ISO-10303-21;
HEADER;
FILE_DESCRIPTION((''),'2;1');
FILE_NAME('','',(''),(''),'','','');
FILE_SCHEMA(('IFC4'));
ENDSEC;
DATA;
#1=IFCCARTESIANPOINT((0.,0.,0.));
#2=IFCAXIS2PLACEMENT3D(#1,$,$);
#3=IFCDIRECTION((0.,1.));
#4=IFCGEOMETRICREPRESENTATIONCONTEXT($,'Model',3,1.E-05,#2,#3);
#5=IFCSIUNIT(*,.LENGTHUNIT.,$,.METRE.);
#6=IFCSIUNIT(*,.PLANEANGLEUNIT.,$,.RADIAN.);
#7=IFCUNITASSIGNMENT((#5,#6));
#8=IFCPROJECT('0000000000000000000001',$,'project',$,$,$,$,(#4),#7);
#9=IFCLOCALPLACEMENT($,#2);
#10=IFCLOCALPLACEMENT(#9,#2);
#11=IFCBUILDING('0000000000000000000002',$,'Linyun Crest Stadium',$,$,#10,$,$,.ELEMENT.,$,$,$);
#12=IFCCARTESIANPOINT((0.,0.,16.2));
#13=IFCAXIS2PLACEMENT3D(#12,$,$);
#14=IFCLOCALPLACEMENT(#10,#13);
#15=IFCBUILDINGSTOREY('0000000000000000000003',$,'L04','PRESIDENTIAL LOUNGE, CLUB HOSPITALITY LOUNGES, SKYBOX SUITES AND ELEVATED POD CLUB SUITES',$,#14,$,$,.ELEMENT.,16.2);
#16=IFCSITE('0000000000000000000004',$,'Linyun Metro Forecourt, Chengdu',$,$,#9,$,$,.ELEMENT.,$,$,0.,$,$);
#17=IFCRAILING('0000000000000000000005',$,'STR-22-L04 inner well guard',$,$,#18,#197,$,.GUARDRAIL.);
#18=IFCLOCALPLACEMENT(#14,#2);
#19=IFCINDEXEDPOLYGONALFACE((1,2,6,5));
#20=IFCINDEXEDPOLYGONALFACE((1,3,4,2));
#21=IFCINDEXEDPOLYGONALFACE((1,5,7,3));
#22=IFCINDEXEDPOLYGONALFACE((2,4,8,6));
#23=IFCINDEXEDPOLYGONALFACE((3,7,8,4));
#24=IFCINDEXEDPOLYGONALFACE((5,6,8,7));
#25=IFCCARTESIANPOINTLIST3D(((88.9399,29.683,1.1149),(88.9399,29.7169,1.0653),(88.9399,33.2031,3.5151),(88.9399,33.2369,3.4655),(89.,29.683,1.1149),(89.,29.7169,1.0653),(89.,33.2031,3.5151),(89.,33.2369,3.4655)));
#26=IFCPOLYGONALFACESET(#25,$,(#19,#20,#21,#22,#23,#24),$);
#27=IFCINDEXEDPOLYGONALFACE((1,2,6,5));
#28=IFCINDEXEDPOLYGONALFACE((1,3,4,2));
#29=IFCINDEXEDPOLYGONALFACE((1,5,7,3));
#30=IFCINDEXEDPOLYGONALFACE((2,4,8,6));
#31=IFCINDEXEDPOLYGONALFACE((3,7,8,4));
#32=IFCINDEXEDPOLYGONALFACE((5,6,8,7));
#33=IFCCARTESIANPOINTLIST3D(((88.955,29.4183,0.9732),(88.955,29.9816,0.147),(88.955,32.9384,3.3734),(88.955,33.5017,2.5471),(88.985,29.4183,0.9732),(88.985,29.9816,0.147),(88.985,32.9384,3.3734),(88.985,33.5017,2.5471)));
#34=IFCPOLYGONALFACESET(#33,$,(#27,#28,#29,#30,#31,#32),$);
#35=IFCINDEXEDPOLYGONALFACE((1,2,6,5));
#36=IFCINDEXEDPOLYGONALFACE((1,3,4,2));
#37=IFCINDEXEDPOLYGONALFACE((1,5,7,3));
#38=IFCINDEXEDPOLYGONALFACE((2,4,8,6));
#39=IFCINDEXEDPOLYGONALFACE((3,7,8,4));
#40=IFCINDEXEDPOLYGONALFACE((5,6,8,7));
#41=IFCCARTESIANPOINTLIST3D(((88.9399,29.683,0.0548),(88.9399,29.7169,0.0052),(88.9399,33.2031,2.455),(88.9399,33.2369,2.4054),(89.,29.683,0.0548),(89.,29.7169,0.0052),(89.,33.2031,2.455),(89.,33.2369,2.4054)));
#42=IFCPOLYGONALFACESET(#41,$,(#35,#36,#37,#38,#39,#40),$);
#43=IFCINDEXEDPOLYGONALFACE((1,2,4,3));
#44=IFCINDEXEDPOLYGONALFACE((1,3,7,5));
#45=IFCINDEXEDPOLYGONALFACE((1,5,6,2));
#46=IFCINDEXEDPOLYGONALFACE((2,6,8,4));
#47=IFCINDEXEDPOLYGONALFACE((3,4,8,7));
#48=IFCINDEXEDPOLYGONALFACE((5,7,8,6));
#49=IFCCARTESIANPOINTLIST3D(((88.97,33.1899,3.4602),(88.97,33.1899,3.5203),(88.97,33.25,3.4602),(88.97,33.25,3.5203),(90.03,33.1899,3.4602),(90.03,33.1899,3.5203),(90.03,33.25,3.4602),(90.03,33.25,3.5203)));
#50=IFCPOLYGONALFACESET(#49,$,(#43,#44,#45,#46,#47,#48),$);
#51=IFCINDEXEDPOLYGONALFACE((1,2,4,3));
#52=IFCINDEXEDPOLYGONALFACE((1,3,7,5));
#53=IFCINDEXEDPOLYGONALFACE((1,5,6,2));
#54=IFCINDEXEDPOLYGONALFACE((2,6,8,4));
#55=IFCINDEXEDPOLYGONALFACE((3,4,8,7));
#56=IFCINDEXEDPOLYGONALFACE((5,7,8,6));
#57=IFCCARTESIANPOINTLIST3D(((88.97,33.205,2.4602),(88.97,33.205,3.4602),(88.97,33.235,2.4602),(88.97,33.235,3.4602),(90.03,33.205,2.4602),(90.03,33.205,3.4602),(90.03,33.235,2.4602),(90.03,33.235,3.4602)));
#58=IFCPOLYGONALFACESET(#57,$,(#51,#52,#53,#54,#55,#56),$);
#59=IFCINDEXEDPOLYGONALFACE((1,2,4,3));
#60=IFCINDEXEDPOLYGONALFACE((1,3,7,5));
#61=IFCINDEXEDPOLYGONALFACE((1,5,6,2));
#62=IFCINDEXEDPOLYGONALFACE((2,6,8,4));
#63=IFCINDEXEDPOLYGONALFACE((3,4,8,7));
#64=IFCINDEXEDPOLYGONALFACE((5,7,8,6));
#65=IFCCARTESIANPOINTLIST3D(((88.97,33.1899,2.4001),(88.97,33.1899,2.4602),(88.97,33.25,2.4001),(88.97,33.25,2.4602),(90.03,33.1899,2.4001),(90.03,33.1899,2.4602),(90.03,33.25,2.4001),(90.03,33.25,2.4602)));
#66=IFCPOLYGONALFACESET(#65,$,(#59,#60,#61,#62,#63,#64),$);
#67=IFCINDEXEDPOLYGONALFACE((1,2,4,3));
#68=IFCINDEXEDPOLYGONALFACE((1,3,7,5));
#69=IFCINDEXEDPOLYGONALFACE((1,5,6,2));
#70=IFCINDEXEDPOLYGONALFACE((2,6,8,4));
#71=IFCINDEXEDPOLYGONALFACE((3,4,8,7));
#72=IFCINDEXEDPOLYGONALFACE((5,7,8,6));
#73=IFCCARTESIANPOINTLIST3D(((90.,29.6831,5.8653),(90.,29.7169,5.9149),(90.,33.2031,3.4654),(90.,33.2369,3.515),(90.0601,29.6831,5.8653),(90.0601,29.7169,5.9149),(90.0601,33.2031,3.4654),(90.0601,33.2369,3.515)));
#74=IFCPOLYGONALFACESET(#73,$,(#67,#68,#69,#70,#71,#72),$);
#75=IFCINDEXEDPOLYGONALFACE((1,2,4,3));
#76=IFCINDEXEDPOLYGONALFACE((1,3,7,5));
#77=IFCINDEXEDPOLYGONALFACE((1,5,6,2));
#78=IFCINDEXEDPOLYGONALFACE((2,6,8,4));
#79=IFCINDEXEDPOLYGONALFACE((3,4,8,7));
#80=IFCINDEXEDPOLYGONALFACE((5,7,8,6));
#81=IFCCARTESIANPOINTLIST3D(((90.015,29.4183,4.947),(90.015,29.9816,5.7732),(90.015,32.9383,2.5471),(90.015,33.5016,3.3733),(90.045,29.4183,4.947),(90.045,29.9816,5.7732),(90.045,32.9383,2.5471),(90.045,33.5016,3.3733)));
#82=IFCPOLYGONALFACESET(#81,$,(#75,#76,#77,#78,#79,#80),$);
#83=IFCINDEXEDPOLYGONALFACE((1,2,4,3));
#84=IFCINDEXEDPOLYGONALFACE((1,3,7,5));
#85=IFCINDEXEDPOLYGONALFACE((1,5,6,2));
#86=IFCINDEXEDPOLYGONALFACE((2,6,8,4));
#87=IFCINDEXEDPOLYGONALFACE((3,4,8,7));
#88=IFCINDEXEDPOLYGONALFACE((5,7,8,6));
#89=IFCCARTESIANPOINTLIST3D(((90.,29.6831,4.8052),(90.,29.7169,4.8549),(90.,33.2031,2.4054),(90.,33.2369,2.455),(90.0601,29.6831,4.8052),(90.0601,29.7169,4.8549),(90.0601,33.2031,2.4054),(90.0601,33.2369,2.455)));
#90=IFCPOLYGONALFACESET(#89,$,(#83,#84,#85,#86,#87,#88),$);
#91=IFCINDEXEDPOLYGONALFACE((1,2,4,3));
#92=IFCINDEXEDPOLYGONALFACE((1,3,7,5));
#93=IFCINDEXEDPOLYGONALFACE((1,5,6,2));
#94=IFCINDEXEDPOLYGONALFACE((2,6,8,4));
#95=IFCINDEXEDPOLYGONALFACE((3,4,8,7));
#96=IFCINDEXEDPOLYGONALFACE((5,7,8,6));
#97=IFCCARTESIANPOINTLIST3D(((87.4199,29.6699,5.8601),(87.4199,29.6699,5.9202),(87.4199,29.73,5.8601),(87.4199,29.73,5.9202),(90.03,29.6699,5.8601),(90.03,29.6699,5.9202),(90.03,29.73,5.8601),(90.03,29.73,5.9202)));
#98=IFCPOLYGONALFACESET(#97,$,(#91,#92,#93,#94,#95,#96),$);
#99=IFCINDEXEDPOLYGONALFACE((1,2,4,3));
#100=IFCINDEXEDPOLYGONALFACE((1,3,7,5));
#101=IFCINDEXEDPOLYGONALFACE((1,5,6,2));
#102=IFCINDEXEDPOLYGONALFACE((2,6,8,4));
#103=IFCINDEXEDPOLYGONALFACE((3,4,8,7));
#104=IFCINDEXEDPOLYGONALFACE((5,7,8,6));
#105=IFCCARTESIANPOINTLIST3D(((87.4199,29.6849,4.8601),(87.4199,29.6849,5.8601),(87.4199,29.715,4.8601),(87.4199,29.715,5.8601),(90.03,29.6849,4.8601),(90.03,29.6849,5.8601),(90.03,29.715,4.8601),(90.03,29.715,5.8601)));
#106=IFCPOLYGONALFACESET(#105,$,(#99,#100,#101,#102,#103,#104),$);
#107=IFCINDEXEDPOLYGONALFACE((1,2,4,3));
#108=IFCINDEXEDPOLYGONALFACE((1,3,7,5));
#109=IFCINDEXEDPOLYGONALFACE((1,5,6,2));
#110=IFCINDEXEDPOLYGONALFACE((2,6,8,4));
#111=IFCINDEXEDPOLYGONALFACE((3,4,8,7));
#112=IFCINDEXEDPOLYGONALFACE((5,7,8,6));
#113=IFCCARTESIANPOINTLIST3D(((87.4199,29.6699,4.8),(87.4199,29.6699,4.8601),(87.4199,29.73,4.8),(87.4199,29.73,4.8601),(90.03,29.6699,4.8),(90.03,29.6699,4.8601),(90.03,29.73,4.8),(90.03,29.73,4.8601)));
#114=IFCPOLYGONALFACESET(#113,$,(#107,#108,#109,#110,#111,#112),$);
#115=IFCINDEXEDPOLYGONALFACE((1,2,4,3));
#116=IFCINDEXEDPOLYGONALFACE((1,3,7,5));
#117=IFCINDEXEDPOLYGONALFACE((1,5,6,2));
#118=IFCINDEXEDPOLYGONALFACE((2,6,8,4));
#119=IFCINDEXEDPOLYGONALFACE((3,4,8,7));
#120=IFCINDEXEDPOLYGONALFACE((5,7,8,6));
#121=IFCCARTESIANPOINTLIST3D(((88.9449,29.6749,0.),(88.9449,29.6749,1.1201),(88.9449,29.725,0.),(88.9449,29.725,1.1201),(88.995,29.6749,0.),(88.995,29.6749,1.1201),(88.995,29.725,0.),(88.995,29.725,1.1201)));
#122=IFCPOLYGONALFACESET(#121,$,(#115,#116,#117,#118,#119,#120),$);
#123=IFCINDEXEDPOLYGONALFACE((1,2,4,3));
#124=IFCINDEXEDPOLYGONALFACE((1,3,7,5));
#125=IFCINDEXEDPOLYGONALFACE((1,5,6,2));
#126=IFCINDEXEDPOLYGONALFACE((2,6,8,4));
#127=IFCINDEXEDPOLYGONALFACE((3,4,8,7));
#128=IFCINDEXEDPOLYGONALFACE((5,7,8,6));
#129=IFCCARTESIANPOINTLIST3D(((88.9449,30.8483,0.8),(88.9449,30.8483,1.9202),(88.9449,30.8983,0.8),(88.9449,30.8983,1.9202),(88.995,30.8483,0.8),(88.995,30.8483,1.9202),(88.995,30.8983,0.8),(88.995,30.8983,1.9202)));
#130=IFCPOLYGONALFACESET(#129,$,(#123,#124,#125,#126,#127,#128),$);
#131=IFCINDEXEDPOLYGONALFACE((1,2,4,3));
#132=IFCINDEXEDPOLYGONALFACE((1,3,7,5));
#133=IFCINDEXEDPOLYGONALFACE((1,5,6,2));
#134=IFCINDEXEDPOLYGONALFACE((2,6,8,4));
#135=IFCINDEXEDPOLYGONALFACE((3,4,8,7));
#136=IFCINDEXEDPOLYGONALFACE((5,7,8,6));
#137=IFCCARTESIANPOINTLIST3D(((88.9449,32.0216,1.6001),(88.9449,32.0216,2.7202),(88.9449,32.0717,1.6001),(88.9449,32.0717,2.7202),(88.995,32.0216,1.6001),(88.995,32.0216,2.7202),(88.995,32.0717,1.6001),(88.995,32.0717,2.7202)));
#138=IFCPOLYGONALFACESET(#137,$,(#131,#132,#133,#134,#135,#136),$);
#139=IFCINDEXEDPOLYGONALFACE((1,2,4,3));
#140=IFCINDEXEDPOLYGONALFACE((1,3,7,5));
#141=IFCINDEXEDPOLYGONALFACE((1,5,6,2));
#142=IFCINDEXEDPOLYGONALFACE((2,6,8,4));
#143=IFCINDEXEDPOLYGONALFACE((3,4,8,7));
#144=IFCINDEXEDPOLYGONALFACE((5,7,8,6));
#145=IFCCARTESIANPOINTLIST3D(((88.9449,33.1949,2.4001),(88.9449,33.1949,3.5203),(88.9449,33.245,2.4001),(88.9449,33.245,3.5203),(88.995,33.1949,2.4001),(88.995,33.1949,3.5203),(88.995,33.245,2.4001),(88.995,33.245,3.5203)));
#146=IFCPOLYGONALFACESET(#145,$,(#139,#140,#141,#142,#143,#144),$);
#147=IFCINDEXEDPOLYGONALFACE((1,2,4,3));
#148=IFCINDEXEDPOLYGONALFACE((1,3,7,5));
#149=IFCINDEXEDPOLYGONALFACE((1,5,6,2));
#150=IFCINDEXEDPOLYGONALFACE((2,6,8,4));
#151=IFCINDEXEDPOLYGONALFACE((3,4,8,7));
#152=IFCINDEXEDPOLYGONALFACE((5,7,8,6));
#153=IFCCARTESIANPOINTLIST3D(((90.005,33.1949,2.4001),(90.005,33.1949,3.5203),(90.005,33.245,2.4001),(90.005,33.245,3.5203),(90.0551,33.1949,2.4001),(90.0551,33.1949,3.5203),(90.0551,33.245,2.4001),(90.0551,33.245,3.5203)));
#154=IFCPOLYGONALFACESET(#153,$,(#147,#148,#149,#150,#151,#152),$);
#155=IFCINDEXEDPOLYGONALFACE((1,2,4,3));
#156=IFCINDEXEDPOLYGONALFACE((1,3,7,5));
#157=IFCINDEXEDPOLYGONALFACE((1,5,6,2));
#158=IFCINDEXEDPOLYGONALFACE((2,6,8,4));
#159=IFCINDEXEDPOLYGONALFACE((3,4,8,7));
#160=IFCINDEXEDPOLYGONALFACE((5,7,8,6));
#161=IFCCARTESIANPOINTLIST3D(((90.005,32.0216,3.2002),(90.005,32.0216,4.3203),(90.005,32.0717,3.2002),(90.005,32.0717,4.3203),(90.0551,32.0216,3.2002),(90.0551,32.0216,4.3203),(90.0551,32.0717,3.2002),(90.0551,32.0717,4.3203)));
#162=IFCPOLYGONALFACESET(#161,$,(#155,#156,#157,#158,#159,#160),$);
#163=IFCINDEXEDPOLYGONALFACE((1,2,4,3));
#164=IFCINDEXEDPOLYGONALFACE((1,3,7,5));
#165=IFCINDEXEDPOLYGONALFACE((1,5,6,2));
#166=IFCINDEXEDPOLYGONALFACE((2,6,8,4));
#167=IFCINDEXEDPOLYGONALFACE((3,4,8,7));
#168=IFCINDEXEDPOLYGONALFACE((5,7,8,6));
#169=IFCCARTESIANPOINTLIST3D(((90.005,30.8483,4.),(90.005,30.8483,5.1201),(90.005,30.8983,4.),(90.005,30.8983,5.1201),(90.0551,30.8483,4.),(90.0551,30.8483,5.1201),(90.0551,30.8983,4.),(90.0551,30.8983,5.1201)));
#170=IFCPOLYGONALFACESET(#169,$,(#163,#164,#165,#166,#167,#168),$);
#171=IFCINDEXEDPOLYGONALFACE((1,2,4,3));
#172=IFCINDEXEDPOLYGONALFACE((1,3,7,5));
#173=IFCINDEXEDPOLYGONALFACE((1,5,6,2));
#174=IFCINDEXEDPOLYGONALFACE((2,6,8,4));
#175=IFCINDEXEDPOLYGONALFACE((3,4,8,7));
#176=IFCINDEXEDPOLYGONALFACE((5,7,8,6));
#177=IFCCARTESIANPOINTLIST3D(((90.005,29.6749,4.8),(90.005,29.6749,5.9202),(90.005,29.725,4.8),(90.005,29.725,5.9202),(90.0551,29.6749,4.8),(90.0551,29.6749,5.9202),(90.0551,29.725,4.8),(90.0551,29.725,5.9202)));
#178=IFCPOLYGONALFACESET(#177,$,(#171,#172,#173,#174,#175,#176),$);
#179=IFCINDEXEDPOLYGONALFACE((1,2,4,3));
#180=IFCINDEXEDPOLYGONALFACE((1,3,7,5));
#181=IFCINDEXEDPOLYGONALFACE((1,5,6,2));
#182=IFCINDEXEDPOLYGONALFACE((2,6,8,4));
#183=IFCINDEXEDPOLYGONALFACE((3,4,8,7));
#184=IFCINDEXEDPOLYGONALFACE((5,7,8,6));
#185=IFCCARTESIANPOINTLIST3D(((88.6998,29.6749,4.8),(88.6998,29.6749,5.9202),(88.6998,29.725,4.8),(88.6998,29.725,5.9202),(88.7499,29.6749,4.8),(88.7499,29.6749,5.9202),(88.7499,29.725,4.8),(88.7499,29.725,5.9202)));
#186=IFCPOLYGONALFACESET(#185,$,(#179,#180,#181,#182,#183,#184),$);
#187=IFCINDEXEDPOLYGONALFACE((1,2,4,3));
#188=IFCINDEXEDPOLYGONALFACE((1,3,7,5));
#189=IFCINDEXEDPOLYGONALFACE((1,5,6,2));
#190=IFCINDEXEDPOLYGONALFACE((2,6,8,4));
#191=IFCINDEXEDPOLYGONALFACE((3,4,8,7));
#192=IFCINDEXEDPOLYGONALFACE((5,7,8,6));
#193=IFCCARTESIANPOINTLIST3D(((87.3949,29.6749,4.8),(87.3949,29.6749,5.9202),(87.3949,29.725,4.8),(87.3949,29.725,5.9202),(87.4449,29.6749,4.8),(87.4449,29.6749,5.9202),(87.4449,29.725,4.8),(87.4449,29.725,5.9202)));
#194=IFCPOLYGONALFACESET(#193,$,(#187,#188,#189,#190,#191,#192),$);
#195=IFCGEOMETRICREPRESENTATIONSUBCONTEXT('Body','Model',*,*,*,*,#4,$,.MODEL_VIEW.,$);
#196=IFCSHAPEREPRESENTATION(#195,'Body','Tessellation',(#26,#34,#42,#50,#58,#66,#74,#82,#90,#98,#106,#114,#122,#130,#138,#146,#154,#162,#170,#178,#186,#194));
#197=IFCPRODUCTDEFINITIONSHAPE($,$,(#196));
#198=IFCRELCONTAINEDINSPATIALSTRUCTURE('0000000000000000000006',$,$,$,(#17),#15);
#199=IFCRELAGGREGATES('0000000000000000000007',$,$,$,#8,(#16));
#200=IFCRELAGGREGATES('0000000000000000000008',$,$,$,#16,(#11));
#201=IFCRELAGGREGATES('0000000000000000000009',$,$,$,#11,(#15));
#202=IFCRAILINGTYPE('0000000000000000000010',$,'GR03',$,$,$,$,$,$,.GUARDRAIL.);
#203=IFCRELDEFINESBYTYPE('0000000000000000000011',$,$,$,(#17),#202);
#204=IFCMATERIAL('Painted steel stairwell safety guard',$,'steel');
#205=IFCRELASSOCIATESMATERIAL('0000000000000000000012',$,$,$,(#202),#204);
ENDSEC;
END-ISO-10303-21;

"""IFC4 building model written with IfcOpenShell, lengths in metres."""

from ifc_helpers import new_model, si_unit, direction, frame, origin, origin_2d, place, context, subcontext, project, spatial, rectangle, extrude, material, type_object, element, save


model = new_model("IFC4")

# Units and contexts
model_context = context("Model", 3, precision=1e-05, world=origin(), true_north=direction((0.0, 1.0)))
body_context = subcontext(model_context, "Body", "Model", "MODEL_VIEW")
ifc_project = project(units=[si_unit("LENGTHUNIT", "METRE"), si_unit("PLANEANGLEUNIT", "RADIAN")], contexts=[model_context])

# Site, building, storey
site_placement = place(None, origin())
site = spatial("IfcSite", under=ifc_project, at=site_placement, Name="Linyun Metro Forecourt, Chengdu", CompositionType="ELEMENT", RefElevation=0.0)
building_placement = place(site_placement, origin())
building = spatial("IfcBuilding", under=site, at=building_placement, Name="Linyun Crest Stadium", CompositionType="ELEMENT")
storey_placement = place(building_placement, frame((0.0, 0.0, 16.2)))
storey = spatial("IfcBuildingStorey", under=building, at=storey_placement, Name="L04", Description="PRESIDENTIAL LOUNGE, CLUB HOSPITALITY LOUNGES, SKYBOX SUITES AND ELEVATED POD CLUB SUITES", CompositionType="ELEMENT", Elevation=16.2)

# Railing
ifc_material_1 = material(Name="Painted steel stairwell safety guard", Category="steel")
railing_type_1 = type_object("IfcRailingType", Name="GR03", PredefinedType="GUARDRAIL", material=ifc_material_1)
railing_1_placement = place(storey_placement, frame((88.97, 29.7, 0.0)))
element("IfcRailing", 1, at=railing_1_placement, inside=storey, type_object=railing_type_1, Name="STR-22-L04 inner well guard", PredefinedType="GUARDRAIL", context=body_context, shape_type="SweptSolid", body=[
    extrude(rectangle(XDim=0.0601, YDim=0.0601, at=origin_2d()), frame((0.0, 0.0, 1.0901), z_axis=(0.0, 0.826213, 0.563358), x_axis=(-1.0, 0.0, 0.0)), (0.0, 0.0, 1.0), 4.2605),
    extrude(rectangle(XDim=0.03, YDim=1.0, at=origin_2d()), frame((0.0, 0.0, 0.5601), z_axis=(0.0, 0.826213, 0.563358), x_axis=(-1.0, 0.0, 0.0)), (0.0, 0.0, 1.0), 4.2605),
    extrude(rectangle(XDim=0.0601, YDim=0.0601, at=origin_2d()), frame((0.0, 0.0, 0.03), z_axis=(0.0, 0.826213, 0.563358), x_axis=(-1.0, 0.0, 0.0)), (0.0, 0.0, 1.0), 4.2605),
    extrude(rectangle(XDim=0.0601, YDim=0.0601, at=origin_2d()), frame((0.0, 3.52, 3.4902), z_axis=(1.0, 0.0, 0.0), x_axis=(0.0, 1.0, 0.0)), (0.0, 0.0, 1.0), 1.0601),
    extrude(rectangle(XDim=0.03, YDim=1.0, at=origin_2d()), frame((0.0, 3.52, 2.9602), z_axis=(1.0, 0.0, 0.0), x_axis=(0.0, 1.0, 0.0)), (0.0, 0.0, 1.0), 1.0601),
    extrude(rectangle(XDim=0.0601, YDim=0.0601, at=origin_2d()), frame((0.0, 3.52, 2.4302), z_axis=(1.0, 0.0, 0.0), x_axis=(0.0, 1.0, 0.0)), (0.0, 0.0, 1.0), 1.0601),
    extrude(rectangle(XDim=0.0601, YDim=0.0601, at=origin_2d()), frame((1.0601, 3.52, 3.4902), z_axis=(0.0, -0.826239, 0.563319), x_axis=(1.0, 0.0, 0.0)), (0.0, 0.0, 1.0), 4.2603),
    extrude(rectangle(XDim=0.03, YDim=1.0, at=origin_2d()), frame((1.0601, 3.52, 2.9602), z_axis=(0.0, -0.826239, 0.563319), x_axis=(1.0, 0.0, 0.0)), (0.0, 0.0, 1.0), 4.2603),
    extrude(rectangle(XDim=0.0601, YDim=0.0601, at=origin_2d()), frame((1.0601, 3.52, 2.4302), z_axis=(0.0, -0.826239, 0.563319), x_axis=(1.0, 0.0, 0.0)), (0.0, 0.0, 1.0), 4.2603),
    extrude(rectangle(XDim=0.0601, YDim=0.0601, at=origin_2d()), frame((1.0601, 0.0, 5.8901), z_axis=(-1.0, 0.0, 0.0), x_axis=(0.0, -1.0, 0.0)), (0.0, 0.0, 1.0), 2.6101),
    extrude(rectangle(XDim=0.03, YDim=1.0, at=origin_2d()), frame((1.0601, 0.0, 5.3601), z_axis=(-1.0, 0.0, 0.0), x_axis=(0.0, -1.0, 0.0)), (0.0, 0.0, 1.0), 2.6101),
    extrude(rectangle(XDim=0.0601, YDim=0.0601, at=origin_2d()), frame((1.0601, 0.0, 4.8301), z_axis=(-1.0, 0.0, 0.0), x_axis=(0.0, -1.0, 0.0)), (0.0, 0.0, 1.0), 2.6101),
    extrude(rectangle(XDim=0.05, YDim=0.05, at=origin_2d()), origin(), (0.0, 0.0, 1.0), 1.1201),
    extrude(rectangle(XDim=0.05, YDim=0.05, at=origin_2d()), frame((0.0, 1.1733, 0.8)), (0.0, 0.0, 1.0), 1.1201),
    extrude(rectangle(XDim=0.05, YDim=0.05, at=origin_2d()), frame((0.0, 2.3467, 1.6001)), (0.0, 0.0, 1.0), 1.1201),
    extrude(rectangle(XDim=0.05, YDim=0.05, at=origin_2d()), frame((0.0, 3.52, 2.4001)), (0.0, 0.0, 1.0), 1.1201),
    extrude(rectangle(XDim=0.05, YDim=0.05, at=origin_2d()), frame((1.0601, 3.52, 2.4001)), (0.0, 0.0, 1.0), 1.1201),
    extrude(rectangle(XDim=0.05, YDim=0.05, at=origin_2d()), frame((1.0601, 2.3467, 3.2002)), (0.0, 0.0, 1.0), 1.1201),
    extrude(rectangle(XDim=0.05, YDim=0.05, at=origin_2d()), frame((1.0601, 1.1733, 4.0)), (0.0, 0.0, 1.0), 1.1201),
    extrude(rectangle(XDim=0.05, YDim=0.05, at=origin_2d()), frame((1.0601, 0.0, 4.8)), (0.0, 0.0, 1.0), 1.1201),
    extrude(rectangle(XDim=0.05, YDim=0.05, at=origin_2d()), frame((-0.2451, 0.0, 4.8)), (0.0, 0.0, 1.0), 1.1201),
    extrude(rectangle(XDim=0.05, YDim=0.05, at=origin_2d()), frame((-1.55, 0.0, 4.8)), (0.0, 0.0, 1.0), 1.1201),
])

save(model, "model.ifc")
